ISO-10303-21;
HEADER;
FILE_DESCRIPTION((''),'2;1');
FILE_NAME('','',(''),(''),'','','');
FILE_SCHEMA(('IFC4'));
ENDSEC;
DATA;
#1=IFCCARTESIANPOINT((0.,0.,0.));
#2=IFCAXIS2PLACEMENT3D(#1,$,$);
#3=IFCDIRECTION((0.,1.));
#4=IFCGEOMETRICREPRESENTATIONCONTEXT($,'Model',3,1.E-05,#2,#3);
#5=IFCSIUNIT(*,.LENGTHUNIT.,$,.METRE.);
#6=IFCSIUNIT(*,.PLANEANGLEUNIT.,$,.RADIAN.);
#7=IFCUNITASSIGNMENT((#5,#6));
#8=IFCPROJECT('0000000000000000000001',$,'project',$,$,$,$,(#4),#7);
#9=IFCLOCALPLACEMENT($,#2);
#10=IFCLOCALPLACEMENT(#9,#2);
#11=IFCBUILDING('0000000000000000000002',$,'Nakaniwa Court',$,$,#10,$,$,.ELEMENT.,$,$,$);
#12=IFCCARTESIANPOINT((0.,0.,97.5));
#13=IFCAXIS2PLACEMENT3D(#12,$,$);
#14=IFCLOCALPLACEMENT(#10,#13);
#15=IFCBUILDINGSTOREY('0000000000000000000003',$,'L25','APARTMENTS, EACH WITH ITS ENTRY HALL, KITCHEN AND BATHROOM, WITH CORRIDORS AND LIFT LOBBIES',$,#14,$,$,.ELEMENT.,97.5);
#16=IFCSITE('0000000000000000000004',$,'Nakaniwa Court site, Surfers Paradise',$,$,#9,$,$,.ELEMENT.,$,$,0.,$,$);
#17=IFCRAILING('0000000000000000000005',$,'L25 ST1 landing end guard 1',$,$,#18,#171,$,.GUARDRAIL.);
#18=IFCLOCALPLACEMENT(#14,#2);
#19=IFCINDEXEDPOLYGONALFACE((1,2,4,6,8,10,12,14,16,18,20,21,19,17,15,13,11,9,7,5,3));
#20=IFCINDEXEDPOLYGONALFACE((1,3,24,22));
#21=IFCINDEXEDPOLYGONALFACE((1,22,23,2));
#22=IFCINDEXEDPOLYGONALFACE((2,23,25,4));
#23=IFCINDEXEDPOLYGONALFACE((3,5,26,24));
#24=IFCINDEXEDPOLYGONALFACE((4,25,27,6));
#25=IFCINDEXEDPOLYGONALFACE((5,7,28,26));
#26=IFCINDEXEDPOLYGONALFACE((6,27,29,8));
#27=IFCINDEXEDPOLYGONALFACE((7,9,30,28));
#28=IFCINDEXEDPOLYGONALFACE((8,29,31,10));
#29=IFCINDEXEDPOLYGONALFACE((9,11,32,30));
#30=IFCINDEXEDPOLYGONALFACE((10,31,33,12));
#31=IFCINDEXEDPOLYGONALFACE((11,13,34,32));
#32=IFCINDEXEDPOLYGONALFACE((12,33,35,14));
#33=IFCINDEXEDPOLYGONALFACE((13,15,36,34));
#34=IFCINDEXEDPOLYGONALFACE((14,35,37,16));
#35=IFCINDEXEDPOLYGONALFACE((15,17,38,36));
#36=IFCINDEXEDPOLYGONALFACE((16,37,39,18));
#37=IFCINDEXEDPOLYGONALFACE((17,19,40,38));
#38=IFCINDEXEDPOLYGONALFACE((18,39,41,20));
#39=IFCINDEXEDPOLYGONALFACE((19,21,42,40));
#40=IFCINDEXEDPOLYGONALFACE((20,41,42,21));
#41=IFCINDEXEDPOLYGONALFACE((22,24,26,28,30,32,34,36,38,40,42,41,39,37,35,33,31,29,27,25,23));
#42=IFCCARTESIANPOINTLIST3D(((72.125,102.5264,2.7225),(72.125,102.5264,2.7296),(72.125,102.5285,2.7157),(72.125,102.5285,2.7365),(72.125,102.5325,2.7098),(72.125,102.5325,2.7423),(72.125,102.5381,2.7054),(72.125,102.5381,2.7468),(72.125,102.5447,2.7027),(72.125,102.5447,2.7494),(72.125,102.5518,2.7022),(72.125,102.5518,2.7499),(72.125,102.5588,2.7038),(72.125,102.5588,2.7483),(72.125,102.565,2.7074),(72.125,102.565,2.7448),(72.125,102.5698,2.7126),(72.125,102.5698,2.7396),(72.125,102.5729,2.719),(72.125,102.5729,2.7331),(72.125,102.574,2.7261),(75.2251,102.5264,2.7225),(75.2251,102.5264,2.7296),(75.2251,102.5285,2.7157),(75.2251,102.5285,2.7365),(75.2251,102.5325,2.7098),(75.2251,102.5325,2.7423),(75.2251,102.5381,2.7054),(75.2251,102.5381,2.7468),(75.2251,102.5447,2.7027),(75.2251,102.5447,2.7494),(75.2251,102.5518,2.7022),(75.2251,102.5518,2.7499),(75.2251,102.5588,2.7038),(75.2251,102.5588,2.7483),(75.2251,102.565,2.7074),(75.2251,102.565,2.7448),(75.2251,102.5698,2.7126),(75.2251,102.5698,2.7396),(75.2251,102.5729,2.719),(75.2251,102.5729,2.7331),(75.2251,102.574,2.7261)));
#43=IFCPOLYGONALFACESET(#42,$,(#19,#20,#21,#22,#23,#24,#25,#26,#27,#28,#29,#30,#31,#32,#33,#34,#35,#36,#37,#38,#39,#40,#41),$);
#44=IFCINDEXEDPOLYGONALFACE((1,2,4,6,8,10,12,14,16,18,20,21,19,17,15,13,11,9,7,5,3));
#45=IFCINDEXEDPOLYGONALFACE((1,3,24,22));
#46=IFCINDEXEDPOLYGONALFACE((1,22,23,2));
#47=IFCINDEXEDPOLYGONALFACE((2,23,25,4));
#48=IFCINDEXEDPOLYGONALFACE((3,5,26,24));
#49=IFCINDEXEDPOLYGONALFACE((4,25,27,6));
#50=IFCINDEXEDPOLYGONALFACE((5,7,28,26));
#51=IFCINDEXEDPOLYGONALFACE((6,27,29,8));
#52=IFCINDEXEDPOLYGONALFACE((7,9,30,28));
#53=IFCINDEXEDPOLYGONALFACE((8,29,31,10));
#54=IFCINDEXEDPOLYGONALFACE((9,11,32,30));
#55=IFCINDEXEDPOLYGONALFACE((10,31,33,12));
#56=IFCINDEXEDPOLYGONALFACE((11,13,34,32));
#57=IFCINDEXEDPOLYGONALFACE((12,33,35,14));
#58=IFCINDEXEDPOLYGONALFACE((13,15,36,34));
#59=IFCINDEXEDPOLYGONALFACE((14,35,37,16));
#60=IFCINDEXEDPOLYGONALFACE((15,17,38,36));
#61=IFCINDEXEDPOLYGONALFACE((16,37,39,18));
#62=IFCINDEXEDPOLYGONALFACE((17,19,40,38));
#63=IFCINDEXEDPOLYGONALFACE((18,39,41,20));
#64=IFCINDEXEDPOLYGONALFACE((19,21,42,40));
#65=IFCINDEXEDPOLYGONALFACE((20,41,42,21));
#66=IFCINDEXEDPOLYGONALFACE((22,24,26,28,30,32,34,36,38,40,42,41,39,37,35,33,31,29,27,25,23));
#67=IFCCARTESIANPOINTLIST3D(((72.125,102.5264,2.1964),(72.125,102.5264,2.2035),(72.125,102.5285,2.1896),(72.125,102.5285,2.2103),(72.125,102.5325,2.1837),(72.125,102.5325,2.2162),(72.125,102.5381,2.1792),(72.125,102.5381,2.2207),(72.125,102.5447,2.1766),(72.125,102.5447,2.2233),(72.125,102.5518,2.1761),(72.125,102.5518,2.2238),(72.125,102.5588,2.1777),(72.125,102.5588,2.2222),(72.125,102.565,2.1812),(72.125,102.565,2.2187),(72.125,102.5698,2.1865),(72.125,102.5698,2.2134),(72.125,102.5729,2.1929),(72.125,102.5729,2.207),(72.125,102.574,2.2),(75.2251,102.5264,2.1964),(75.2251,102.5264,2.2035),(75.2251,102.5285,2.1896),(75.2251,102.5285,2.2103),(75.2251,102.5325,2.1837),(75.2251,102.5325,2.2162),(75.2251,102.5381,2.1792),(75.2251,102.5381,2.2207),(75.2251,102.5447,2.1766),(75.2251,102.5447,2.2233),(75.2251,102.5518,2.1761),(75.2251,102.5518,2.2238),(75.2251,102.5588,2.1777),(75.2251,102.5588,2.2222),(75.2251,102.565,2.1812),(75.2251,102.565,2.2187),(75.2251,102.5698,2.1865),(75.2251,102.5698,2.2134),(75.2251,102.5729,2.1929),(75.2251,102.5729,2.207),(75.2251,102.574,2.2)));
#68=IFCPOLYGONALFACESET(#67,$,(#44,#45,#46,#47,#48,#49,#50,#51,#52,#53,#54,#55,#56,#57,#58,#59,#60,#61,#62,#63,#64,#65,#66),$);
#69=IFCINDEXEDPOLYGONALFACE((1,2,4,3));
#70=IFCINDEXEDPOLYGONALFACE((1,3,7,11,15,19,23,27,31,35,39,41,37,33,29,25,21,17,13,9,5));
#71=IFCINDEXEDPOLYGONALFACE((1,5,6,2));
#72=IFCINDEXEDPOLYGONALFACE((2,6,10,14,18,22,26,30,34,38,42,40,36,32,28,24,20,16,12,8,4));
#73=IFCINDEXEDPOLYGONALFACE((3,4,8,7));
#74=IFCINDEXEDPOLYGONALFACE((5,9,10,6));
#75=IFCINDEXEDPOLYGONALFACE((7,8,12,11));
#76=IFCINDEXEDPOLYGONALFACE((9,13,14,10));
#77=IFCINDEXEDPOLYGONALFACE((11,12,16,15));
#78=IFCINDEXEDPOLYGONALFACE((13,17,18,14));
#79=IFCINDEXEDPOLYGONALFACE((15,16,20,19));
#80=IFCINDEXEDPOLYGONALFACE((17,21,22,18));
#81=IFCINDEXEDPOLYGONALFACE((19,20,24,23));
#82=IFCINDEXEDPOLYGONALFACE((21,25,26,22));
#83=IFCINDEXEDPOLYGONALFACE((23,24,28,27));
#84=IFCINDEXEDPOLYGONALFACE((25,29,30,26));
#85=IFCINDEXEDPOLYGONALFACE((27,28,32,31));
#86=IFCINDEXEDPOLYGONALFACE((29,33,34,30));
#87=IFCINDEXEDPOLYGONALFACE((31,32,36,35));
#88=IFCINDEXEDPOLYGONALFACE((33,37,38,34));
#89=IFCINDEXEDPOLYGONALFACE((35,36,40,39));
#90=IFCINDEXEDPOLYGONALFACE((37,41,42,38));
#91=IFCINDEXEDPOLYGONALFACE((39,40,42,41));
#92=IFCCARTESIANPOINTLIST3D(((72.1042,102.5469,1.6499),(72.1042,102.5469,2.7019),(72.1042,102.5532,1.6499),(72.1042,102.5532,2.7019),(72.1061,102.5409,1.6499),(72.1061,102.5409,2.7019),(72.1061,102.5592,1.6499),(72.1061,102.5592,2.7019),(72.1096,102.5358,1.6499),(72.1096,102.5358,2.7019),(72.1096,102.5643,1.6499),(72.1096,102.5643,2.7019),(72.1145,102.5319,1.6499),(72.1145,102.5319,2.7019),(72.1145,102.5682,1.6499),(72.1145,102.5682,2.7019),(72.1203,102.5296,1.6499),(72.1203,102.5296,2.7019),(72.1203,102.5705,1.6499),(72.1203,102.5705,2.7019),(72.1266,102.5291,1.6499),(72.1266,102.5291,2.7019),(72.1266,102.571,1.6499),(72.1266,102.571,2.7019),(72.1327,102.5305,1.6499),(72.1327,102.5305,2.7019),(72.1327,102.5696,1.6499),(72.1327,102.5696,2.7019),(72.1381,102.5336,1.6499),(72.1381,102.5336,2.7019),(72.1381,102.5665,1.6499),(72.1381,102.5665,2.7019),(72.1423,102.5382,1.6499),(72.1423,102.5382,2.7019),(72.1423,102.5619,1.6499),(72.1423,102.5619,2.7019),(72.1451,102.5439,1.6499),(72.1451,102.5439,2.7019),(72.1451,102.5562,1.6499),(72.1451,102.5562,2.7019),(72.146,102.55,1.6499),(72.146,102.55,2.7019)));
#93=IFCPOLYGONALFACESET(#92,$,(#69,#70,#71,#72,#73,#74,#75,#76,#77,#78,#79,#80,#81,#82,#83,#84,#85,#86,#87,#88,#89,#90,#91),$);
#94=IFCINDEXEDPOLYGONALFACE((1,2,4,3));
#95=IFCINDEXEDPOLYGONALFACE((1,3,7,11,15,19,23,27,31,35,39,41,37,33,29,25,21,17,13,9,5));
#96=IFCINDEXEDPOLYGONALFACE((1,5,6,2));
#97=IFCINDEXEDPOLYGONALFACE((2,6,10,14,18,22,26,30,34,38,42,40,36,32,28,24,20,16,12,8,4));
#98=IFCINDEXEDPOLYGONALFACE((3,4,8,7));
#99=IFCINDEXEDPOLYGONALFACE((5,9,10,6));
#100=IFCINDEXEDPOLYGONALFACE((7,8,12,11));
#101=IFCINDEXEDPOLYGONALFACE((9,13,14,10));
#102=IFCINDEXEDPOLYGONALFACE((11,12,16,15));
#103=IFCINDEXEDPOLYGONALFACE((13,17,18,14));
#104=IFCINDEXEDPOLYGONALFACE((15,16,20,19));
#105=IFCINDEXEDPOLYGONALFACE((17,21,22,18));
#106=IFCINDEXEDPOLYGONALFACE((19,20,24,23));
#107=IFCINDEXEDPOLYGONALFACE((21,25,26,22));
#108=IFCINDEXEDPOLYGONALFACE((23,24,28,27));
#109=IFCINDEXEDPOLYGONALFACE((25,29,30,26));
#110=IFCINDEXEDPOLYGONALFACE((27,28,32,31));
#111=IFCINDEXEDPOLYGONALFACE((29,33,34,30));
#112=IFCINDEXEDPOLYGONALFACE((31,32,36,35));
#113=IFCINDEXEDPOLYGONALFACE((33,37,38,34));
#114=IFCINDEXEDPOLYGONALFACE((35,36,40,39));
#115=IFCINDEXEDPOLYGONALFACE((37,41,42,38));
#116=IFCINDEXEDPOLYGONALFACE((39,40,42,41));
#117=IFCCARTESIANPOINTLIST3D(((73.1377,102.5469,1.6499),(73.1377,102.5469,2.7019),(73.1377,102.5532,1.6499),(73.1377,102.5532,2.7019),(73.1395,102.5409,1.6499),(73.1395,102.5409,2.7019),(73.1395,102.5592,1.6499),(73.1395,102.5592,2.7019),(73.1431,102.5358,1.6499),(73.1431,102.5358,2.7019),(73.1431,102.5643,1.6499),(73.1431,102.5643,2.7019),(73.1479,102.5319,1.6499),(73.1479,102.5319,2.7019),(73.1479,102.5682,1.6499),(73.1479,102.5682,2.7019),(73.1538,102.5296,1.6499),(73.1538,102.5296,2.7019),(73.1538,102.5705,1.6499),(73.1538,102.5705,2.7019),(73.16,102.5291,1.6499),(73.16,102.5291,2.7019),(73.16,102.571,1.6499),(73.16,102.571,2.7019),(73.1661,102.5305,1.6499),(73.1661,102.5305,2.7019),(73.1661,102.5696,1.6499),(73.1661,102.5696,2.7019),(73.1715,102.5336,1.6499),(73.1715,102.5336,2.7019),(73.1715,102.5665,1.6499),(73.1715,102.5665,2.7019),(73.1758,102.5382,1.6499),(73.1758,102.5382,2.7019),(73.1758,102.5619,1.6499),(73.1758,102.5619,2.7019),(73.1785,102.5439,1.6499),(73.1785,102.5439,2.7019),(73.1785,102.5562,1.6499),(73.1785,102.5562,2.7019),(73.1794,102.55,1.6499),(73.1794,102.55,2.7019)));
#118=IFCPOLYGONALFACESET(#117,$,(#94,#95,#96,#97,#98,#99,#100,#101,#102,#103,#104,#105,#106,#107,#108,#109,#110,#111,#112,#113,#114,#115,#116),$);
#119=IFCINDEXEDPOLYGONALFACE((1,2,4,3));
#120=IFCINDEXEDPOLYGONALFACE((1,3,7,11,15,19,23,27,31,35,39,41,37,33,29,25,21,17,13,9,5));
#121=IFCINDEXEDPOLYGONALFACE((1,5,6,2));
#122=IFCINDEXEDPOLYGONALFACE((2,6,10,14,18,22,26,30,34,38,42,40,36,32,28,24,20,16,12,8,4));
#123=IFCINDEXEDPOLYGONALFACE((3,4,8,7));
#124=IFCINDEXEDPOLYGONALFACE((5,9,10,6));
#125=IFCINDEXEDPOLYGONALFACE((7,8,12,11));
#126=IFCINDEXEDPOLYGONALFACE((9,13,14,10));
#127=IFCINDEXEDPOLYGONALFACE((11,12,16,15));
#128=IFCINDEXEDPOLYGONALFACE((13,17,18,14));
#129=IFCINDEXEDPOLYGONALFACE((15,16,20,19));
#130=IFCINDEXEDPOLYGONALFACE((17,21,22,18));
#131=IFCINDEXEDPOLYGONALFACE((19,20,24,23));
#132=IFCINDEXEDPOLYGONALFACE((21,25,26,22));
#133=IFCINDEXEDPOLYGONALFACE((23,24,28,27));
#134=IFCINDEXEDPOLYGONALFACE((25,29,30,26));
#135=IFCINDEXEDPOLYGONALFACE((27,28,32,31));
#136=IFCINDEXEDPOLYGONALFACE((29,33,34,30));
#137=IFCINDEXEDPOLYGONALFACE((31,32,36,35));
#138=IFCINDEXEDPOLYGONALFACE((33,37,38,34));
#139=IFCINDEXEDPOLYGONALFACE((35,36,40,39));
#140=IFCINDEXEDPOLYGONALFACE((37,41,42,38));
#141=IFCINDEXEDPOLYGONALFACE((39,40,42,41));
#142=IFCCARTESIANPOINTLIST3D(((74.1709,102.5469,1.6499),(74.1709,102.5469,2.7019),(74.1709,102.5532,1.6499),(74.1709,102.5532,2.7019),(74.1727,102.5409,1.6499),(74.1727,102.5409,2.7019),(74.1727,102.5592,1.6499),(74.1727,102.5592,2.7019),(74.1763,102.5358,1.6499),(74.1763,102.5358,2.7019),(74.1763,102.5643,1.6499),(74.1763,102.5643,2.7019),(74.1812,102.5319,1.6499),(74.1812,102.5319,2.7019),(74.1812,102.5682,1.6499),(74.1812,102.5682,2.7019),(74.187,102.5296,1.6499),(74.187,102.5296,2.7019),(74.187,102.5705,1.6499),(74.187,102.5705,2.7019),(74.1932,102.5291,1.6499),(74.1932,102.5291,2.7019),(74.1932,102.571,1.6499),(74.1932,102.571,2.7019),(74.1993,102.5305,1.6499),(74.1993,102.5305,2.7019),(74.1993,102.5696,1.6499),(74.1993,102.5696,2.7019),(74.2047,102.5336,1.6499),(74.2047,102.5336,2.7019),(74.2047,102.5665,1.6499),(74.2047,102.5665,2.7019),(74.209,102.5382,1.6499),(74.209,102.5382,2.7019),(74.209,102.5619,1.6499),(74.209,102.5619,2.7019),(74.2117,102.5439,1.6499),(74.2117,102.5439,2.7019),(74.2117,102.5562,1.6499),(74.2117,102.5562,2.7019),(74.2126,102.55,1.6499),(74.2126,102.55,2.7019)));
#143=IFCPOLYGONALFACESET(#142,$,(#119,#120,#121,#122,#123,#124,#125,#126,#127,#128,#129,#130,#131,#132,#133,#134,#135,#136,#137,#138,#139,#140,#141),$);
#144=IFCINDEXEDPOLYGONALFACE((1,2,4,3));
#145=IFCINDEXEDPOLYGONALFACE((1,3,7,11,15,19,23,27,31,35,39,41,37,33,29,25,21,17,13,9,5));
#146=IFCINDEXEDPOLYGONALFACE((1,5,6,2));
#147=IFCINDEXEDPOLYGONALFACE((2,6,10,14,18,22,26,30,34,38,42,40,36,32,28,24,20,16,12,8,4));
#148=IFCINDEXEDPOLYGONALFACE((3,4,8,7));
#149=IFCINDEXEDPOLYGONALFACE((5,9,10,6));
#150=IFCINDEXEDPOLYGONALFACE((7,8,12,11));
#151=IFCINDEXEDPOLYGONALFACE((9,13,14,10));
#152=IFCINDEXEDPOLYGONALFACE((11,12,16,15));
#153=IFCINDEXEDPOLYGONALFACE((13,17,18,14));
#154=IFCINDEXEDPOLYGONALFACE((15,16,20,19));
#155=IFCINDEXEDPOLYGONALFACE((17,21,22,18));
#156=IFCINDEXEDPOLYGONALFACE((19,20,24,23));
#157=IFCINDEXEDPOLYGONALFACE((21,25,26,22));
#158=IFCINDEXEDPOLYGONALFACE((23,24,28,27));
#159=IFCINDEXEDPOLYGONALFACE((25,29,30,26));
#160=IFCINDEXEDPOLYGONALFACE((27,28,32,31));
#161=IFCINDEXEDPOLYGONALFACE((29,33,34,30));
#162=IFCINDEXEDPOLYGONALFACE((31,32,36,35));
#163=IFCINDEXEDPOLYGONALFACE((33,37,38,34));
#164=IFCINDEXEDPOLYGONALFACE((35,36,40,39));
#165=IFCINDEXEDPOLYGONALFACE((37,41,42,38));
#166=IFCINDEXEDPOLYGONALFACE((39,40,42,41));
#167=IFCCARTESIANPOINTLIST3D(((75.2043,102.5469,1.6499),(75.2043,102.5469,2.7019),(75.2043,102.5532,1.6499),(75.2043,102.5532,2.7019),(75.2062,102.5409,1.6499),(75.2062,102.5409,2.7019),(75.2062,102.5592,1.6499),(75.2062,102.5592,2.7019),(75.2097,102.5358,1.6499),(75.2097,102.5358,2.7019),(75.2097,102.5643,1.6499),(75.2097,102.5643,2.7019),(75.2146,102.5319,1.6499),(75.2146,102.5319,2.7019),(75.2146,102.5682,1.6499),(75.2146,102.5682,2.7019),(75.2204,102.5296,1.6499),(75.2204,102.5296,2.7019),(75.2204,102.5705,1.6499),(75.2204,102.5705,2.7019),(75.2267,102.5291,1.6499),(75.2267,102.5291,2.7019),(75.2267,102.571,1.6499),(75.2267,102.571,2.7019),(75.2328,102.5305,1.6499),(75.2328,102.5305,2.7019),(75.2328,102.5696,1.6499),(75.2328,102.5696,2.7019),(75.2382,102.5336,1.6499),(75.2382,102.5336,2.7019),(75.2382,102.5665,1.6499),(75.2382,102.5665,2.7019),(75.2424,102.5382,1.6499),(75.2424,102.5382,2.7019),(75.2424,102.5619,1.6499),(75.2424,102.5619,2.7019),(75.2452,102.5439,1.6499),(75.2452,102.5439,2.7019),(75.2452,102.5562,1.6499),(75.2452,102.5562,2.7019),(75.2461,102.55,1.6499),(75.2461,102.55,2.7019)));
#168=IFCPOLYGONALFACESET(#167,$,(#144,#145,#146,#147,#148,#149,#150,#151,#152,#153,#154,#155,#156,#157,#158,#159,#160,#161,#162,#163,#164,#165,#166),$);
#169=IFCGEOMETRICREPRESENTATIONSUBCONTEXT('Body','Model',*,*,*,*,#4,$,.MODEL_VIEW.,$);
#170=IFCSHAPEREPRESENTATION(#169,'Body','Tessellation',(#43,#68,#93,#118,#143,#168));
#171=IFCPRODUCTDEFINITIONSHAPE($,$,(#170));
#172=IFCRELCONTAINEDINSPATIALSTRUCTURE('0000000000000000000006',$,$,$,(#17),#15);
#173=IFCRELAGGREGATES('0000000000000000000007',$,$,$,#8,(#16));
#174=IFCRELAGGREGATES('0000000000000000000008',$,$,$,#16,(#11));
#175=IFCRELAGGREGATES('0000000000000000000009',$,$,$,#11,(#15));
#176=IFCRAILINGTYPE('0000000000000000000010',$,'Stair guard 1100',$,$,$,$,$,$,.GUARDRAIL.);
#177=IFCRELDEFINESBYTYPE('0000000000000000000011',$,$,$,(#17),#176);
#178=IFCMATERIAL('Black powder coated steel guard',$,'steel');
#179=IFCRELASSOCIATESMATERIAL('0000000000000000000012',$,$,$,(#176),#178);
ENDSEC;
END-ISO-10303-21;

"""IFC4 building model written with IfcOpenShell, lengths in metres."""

from ifc_helpers import new_model, si_unit, direction, frame, origin, origin_2d, place, context, subcontext, project, spatial, circle, extrude, material, type_object, element, save


model = new_model("IFC4")

# Units and contexts
model_context = context("Model", 3, precision=1e-05, world=origin(), true_north=direction((0.0, 1.0)))
body_context = subcontext(model_context, "Body", "Model", "MODEL_VIEW")
ifc_project = project(units=[si_unit("LENGTHUNIT", "METRE"), si_unit("PLANEANGLEUNIT", "RADIAN")], contexts=[model_context])

# Site, building, storey
site_placement = place(None, origin())
site = spatial("IfcSite", under=ifc_project, at=site_placement, Name="Nakaniwa Court site, Surfers Paradise", CompositionType="ELEMENT", RefElevation=0.0)
building_placement = place(site_placement, origin())
building = spatial("IfcBuilding", under=site, at=building_placement, Name="Nakaniwa Court", CompositionType="ELEMENT")
storey_placement = place(building_placement, frame((0.0, 0.0, 97.5)))
storey = spatial("IfcBuildingStorey", under=building, at=storey_placement, Name="L25", Description="APARTMENTS, EACH WITH ITS ENTRY HALL, KITCHEN AND BATHROOM, WITH CORRIDORS AND LIFT LOBBIES", CompositionType="ELEMENT", Elevation=97.5)

# Railing
ifc_material_1 = material(Name="Black powder coated steel guard", Category="steel")
railing_type_1 = type_object("IfcRailingType", Name="Stair guard 1100", PredefinedType="GUARDRAIL", material=ifc_material_1)
railing_1_placement = place(storey_placement, frame((72.125, 102.55, 1.6499)))
element("IfcRailing", 1, at=railing_1_placement, inside=storey, type_object=railing_type_1, Name="L25 ST1 landing end guard 1", PredefinedType="GUARDRAIL", context=body_context, shape_type="SweptSolid", body=[
    extrude(circle(Radius=0.0239, at=origin_2d()), frame((0.0, 0.0, 1.0762), z_axis=(1.0, 0.0, 0.0), x_axis=(0.0, 1.0, 0.0)), (0.0, 0.0, 1.0), 3.1001),
    extrude(circle(Radius=0.0239, at=origin_2d()), frame((0.0, 0.0, 0.55), z_axis=(1.0, 0.0, 0.0), x_axis=(0.0, 1.0, 0.0)), (0.0, 0.0, 1.0), 3.1001),
    extrude(circle(Radius=0.021, at=origin_2d()), origin(), (0.0, 0.0, 1.0), 1.052),
    extrude(circle(Radius=0.021, at=origin_2d()), frame((1.0334, 0.0, 0.0)), (0.0, 0.0, 1.0), 1.052),
    extrude(circle(Radius=0.021, at=origin_2d()), frame((2.0667, 0.0, 0.0)), (0.0, 0.0, 1.0), 1.052),
    extrude(circle(Radius=0.021, at=origin_2d()), frame((3.1001, 0.0, 0.0)), (0.0, 0.0, 1.0), 1.052),
])

save(model, "model.ifc")
